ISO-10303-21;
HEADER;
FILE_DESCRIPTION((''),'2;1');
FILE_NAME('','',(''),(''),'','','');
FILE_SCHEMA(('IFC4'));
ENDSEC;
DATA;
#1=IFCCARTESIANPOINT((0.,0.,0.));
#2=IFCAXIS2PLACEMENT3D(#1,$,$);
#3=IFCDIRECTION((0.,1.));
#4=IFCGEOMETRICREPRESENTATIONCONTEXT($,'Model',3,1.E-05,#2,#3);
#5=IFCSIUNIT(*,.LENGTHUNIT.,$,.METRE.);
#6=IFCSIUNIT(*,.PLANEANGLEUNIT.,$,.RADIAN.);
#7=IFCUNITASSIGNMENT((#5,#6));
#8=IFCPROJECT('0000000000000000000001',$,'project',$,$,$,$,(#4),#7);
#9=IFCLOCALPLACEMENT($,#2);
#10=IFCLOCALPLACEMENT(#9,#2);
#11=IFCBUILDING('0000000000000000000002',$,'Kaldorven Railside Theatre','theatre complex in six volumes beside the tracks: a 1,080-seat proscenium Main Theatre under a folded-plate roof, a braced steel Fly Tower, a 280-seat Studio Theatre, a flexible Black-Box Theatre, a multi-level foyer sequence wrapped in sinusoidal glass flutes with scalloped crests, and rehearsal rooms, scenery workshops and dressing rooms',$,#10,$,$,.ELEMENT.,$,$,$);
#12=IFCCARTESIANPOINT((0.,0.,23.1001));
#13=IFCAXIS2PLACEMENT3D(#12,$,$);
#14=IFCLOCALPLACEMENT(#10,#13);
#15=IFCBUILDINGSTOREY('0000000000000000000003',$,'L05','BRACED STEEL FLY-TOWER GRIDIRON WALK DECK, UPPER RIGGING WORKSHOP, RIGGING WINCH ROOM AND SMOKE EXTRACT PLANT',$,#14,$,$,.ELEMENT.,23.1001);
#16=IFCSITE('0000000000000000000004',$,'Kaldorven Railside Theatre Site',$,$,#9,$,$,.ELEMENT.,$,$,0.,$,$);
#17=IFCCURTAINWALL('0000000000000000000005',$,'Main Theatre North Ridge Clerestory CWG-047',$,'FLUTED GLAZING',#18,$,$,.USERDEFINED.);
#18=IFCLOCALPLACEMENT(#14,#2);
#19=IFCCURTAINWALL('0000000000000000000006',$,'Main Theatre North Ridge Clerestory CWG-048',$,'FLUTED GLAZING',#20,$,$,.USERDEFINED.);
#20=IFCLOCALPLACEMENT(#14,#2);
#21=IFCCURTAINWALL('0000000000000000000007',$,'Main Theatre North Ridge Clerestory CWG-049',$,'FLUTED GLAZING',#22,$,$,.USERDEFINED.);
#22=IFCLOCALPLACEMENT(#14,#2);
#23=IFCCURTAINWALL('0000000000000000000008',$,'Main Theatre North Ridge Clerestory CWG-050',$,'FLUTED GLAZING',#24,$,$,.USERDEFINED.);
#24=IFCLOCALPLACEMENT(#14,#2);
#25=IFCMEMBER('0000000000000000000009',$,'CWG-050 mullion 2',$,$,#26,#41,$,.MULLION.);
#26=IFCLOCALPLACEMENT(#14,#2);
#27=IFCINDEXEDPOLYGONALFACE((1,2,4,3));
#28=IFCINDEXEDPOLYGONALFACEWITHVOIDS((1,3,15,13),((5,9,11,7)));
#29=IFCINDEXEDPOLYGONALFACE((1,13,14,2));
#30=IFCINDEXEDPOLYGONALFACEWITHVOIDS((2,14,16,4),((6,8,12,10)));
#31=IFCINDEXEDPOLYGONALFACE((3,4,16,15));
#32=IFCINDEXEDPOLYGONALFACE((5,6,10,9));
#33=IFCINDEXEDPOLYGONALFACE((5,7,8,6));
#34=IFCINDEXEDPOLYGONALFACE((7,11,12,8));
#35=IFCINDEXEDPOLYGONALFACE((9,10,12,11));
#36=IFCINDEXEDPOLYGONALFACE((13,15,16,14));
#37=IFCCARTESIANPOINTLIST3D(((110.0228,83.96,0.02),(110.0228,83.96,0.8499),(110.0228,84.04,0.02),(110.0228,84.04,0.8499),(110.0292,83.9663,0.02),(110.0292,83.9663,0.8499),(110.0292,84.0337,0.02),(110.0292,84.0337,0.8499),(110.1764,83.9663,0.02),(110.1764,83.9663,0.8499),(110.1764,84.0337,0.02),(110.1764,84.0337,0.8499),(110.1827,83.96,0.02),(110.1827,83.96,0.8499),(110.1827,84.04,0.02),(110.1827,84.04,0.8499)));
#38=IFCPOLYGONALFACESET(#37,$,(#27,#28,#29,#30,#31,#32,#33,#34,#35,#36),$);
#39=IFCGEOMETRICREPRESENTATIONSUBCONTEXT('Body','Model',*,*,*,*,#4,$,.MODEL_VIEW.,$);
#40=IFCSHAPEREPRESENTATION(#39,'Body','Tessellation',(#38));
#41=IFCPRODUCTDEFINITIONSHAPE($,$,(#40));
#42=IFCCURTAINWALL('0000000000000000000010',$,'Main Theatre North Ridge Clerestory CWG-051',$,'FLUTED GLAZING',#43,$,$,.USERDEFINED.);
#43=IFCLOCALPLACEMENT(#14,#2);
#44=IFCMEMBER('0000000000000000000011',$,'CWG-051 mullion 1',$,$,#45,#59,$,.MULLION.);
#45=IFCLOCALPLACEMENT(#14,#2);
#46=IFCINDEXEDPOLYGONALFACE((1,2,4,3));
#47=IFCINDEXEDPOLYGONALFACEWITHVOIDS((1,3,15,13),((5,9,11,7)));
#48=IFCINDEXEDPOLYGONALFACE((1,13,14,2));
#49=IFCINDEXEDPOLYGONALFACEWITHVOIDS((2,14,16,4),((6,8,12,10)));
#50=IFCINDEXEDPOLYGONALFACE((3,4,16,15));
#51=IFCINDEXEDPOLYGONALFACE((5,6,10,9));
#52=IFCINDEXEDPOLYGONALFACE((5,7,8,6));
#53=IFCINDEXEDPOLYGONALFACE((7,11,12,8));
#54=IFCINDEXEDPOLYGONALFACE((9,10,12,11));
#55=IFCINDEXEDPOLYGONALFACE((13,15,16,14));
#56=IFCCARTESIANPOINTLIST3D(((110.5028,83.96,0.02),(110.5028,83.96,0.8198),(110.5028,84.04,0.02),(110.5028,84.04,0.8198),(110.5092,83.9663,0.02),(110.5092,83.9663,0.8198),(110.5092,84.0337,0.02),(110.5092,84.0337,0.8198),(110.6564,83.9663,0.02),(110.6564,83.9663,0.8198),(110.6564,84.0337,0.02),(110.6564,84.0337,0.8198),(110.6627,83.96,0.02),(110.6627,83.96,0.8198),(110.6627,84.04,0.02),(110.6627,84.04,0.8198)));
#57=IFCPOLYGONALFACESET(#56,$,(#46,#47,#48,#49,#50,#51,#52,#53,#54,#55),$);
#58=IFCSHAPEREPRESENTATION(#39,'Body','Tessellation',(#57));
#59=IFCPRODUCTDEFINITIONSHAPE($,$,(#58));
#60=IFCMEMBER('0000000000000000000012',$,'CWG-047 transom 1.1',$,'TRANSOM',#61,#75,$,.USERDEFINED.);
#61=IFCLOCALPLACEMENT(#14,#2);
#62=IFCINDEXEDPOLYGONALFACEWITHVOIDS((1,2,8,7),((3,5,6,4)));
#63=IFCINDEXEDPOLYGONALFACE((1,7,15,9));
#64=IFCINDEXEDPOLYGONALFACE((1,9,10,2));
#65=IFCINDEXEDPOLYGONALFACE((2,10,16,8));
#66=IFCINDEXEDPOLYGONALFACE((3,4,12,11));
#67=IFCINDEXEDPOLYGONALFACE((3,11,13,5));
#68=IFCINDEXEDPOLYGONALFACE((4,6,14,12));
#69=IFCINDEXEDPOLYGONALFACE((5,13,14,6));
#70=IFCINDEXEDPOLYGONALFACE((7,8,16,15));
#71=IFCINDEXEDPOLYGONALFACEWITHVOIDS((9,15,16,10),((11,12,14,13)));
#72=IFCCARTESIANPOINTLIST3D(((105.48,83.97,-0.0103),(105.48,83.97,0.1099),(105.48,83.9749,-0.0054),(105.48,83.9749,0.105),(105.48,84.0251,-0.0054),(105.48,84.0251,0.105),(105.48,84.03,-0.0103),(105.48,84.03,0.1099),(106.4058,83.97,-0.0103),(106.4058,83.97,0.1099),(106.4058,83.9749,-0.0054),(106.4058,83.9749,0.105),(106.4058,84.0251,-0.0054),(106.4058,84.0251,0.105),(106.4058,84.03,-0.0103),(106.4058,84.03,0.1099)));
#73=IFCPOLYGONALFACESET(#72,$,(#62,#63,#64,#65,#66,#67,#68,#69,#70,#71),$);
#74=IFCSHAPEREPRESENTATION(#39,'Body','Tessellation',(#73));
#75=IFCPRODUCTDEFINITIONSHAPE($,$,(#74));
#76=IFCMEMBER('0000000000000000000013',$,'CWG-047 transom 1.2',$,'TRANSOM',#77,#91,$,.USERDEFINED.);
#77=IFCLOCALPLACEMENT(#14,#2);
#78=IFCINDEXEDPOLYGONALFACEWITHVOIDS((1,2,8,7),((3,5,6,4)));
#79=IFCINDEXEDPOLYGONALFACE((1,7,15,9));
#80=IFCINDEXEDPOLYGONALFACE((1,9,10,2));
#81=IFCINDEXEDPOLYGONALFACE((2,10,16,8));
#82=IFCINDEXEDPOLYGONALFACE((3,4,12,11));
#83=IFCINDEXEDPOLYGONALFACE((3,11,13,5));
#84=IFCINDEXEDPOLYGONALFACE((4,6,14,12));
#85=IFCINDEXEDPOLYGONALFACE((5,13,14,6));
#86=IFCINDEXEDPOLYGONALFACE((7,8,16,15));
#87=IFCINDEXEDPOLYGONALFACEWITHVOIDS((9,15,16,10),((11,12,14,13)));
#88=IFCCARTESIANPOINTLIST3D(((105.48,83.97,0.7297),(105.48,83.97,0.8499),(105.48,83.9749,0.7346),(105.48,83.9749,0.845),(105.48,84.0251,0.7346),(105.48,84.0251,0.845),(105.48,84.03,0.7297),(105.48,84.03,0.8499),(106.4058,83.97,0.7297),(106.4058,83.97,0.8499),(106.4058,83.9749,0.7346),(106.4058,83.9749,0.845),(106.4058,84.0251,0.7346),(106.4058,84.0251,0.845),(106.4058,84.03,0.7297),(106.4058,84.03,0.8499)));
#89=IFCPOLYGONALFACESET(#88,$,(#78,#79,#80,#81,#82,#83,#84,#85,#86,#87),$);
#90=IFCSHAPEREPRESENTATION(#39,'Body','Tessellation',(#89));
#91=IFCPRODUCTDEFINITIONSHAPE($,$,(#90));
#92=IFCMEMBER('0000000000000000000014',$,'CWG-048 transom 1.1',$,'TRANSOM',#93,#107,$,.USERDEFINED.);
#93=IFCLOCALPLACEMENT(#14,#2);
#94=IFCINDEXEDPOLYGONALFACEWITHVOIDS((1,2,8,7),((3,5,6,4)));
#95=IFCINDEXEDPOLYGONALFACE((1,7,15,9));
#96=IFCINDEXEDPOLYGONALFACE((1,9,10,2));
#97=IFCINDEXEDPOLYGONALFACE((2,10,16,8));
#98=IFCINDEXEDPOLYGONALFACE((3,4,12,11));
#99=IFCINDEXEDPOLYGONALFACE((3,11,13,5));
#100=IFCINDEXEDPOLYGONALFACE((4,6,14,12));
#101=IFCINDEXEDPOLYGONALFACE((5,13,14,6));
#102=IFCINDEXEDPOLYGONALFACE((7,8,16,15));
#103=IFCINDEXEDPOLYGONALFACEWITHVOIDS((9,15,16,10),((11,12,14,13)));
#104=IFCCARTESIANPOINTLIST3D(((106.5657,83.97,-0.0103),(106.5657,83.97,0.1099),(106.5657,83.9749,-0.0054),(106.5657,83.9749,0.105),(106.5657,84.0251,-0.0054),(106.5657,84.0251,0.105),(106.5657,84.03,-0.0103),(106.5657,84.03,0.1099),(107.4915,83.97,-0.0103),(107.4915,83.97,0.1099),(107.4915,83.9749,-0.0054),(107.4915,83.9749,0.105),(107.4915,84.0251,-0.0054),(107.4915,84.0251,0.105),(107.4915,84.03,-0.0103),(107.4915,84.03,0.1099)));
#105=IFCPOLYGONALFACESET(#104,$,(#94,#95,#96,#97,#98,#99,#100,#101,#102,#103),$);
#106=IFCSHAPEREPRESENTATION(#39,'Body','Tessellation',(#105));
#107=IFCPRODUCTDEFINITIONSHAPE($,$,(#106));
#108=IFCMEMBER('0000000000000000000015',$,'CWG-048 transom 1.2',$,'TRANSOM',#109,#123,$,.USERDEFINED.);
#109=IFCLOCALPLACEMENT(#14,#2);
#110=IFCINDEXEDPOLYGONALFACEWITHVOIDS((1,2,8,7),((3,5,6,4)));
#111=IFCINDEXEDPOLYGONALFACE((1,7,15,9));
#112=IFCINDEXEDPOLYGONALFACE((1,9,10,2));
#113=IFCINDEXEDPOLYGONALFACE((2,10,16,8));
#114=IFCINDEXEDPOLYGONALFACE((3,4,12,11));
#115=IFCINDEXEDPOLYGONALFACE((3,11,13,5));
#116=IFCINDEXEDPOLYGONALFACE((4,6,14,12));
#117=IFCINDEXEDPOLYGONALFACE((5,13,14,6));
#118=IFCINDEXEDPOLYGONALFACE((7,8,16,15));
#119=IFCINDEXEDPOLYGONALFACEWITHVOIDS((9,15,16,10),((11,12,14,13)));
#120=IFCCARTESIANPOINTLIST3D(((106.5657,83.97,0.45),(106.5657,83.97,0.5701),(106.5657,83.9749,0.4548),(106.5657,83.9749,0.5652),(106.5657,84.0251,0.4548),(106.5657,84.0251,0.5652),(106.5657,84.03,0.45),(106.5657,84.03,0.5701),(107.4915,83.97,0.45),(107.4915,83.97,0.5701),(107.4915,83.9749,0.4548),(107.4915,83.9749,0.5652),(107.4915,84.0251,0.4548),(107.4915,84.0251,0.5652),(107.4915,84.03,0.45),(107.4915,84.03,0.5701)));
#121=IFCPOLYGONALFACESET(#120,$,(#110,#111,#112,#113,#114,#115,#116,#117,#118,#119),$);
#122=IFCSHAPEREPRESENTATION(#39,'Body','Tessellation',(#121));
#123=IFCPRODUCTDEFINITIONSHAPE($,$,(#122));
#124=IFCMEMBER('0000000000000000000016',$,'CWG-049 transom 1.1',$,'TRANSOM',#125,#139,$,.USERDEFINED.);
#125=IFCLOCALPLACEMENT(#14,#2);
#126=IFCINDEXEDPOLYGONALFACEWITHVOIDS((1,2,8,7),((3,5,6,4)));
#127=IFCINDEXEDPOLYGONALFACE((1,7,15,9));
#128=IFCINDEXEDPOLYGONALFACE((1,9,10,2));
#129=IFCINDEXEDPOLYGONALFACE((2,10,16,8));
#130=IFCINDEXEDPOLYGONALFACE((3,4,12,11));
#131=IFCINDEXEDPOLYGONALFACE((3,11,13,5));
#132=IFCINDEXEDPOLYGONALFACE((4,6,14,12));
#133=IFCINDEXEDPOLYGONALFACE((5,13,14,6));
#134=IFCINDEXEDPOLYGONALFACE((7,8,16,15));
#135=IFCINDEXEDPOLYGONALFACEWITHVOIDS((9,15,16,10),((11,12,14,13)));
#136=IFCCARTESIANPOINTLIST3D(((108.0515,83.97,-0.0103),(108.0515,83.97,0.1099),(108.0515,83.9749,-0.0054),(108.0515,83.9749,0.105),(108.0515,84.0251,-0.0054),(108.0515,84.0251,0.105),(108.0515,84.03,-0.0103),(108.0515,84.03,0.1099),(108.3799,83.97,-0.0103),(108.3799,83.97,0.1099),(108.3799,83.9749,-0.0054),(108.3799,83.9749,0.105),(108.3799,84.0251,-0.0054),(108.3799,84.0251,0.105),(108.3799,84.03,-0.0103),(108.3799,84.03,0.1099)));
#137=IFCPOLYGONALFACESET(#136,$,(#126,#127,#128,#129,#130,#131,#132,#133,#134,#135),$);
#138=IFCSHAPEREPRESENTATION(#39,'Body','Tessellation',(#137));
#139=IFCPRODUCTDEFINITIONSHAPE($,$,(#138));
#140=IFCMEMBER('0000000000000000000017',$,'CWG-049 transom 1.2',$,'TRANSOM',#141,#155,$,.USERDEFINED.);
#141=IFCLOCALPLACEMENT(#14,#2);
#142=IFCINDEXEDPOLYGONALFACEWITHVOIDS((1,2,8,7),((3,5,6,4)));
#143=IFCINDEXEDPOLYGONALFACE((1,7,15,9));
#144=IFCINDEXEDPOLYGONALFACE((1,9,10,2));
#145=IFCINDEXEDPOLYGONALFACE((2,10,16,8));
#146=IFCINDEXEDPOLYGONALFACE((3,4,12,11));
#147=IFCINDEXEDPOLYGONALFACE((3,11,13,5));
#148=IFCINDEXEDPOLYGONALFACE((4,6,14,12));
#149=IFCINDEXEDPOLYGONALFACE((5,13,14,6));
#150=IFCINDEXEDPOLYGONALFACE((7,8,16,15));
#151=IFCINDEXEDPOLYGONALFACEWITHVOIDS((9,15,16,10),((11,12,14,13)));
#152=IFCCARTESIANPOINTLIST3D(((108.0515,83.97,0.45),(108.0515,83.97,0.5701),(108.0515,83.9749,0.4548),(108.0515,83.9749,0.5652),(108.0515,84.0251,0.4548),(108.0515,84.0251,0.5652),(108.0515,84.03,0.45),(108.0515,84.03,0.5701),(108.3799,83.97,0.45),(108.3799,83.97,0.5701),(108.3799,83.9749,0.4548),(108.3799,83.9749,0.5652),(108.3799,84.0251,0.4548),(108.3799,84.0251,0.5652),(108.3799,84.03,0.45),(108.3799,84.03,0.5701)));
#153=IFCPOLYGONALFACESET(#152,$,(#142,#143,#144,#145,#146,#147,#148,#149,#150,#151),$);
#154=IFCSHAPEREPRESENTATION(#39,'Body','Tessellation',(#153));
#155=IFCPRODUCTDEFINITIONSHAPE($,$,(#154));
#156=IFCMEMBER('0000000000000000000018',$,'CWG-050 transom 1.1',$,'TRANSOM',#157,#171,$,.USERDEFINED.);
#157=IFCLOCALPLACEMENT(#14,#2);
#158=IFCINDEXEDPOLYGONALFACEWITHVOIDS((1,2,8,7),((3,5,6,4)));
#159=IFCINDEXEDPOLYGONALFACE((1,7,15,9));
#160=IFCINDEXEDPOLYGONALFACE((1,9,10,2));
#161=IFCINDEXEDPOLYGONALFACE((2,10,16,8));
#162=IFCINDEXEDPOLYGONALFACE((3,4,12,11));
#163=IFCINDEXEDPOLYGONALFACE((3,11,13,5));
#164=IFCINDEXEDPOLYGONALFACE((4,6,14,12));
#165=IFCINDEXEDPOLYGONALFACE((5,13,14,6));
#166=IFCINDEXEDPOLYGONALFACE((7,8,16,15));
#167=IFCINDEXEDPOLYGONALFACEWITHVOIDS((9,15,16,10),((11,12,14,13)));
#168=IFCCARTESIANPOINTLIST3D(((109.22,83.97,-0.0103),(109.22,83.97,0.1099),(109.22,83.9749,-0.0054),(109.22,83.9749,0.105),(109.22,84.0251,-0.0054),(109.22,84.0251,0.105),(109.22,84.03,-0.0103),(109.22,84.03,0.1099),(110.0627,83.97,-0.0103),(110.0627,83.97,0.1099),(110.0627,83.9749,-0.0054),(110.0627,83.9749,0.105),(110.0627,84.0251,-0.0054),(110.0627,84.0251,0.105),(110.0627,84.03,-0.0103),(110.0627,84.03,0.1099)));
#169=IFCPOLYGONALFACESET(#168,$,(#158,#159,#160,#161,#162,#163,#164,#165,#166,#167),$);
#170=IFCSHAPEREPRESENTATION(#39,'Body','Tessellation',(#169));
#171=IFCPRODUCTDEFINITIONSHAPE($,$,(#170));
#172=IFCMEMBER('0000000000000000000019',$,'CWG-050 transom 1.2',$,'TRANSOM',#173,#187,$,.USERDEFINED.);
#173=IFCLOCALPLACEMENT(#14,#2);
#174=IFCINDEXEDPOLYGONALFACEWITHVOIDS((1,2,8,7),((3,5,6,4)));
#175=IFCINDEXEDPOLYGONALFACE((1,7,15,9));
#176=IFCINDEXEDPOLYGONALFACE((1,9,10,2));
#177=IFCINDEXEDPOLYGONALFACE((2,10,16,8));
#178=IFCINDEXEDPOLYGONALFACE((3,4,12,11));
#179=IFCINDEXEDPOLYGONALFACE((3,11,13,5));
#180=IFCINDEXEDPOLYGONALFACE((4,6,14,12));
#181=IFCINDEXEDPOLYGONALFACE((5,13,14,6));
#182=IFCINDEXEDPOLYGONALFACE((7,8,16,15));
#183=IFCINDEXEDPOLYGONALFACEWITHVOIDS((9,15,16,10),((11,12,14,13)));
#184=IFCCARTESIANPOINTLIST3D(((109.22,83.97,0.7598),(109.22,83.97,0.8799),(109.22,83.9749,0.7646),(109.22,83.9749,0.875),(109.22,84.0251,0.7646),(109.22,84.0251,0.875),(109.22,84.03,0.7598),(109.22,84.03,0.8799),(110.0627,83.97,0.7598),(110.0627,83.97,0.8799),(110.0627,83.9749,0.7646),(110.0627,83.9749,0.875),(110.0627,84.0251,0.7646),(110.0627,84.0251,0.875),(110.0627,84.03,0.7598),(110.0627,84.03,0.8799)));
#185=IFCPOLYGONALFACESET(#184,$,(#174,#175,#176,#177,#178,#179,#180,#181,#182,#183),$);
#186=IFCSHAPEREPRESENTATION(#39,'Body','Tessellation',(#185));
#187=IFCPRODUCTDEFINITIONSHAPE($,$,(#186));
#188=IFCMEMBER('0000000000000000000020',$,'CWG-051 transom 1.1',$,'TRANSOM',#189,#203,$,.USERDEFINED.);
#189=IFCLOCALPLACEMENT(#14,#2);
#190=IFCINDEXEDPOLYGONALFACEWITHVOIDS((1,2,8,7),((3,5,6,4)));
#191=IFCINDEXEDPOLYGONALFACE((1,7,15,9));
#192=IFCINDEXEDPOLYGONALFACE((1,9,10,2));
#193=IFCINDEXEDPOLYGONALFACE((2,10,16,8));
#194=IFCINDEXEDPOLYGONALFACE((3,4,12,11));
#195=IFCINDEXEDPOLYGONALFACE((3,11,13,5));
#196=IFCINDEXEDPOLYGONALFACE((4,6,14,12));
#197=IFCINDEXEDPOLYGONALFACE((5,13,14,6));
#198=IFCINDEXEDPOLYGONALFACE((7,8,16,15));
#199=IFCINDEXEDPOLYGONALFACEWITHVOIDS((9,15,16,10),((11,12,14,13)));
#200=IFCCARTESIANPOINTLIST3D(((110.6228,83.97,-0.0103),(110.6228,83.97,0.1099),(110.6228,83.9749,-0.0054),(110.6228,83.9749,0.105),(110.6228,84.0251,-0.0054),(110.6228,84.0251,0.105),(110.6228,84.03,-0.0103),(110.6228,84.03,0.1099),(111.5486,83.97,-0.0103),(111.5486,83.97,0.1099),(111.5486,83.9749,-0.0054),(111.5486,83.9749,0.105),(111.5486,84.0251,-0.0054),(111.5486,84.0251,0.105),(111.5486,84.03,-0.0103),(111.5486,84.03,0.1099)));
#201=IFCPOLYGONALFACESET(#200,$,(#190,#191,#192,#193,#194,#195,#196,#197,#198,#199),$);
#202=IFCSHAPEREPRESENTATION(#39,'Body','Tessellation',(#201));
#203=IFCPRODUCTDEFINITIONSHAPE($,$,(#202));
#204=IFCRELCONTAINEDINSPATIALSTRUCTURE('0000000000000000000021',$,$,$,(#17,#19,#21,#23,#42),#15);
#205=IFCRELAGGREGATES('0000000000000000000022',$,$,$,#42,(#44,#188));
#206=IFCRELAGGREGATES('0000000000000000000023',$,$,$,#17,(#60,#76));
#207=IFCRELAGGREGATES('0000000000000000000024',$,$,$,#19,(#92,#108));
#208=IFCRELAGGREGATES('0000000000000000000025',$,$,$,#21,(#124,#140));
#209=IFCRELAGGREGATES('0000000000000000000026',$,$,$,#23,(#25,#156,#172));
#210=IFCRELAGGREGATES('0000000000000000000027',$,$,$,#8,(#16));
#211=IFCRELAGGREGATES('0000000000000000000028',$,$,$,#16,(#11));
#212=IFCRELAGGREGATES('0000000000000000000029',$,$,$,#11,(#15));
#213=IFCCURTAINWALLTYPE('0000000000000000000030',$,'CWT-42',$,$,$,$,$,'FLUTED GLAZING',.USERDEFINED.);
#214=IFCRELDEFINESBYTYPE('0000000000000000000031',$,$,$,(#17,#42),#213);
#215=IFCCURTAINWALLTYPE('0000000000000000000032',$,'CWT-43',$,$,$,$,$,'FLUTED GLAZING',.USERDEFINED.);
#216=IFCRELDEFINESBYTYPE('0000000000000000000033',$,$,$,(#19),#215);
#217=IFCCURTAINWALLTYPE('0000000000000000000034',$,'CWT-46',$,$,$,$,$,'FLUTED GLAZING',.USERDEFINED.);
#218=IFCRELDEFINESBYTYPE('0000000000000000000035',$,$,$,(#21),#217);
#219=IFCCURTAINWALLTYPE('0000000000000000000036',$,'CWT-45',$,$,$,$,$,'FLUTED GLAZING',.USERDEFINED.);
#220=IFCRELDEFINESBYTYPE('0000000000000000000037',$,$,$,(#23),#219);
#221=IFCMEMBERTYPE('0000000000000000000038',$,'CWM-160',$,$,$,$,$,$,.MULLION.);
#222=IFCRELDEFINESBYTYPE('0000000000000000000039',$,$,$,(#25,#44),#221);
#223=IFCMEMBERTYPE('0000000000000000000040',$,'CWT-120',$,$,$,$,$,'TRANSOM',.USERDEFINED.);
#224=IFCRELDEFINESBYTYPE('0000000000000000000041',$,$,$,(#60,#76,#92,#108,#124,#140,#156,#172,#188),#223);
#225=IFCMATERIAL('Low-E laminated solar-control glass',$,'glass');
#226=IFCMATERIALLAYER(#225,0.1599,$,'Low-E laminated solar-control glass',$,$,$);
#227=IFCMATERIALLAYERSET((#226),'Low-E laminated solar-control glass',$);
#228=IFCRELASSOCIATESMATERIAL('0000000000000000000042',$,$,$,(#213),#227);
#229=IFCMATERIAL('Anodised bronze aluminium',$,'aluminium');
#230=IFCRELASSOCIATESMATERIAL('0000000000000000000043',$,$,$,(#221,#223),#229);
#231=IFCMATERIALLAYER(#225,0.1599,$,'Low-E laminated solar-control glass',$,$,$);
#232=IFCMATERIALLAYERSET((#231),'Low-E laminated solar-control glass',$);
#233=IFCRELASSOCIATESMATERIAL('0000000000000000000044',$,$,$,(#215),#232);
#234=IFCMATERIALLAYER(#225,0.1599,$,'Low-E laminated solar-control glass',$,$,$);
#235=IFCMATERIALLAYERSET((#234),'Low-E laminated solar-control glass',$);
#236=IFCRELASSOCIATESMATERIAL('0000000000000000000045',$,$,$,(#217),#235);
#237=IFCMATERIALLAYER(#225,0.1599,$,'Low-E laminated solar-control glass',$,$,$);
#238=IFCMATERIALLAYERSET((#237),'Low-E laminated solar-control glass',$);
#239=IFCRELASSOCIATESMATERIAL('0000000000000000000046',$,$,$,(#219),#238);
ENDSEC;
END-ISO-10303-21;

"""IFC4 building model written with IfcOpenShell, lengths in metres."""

from ifc_helpers import new_model, si_unit, direction, frame, origin, origin_2d, place, context, subcontext, project, spatial, hollow_rectangle, extrude, material, layer, layer_set, material_profile, profile_set, type_object, element, aggregate, save


model = new_model("IFC4")

# Units and contexts
model_context = context("Model", 3, precision=1e-05, world=origin(), true_north=direction((0.0, 1.0)))
body_context = subcontext(model_context, "Body", "Model", "MODEL_VIEW")
ifc_project = project(units=[si_unit("LENGTHUNIT", "METRE"), si_unit("PLANEANGLEUNIT", "RADIAN")], contexts=[model_context])

# Site, building, storey
site_placement = place(None, origin())
site = spatial("IfcSite", under=ifc_project, at=site_placement, Name="Kaldorven Railside Theatre Site", CompositionType="ELEMENT", RefElevation=0.0)
building_placement = place(site_placement, origin())
building = spatial("IfcBuilding", under=site, at=building_placement, Name="Kaldorven Railside Theatre", Description="theatre complex in six volumes beside the tracks: a 1,080-seat proscenium Main Theatre under a folded-plate roof, a braced steel Fly Tower, a 280-seat Studio Theatre, a flexible Black-Box Theatre, a multi-level foyer sequence wrapped in sinusoidal glass flutes with scalloped crests, and rehearsal rooms, scenery workshops and dressing rooms", CompositionType="ELEMENT")
storey_placement = place(building_placement, frame((0.0, 0.0, 23.1001)))
storey = spatial("IfcBuildingStorey", under=building, at=storey_placement, Name="L05", Description="BRACED STEEL FLY-TOWER GRIDIRON WALK DECK, UPPER RIGGING WORKSHOP, RIGGING WINCH ROOM AND SMOKE EXTRACT PLANT", CompositionType="ELEMENT", Elevation=23.1001)

# Shared definitions
ifc_material_1 = material(Name="Low-E laminated solar-control glass", Category="glass")
ifc_layer_1 = layer(ifc_material_1, 0.1599, Name="Low-E laminated solar-control glass")
ifc_layer_set_1 = layer_set([ifc_layer_1], Name="Low-E laminated solar-control glass")
curtain_wall_type_1 = type_object("IfcCurtainWallType", Name="CWT-42", ElementType="FLUTED GLAZING", PredefinedType="USERDEFINED", material=ifc_layer_set_1)
ifc_material_2 = material(Name="Anodised bronze aluminium", Category="aluminium")
ifc_material_profile_1 = material_profile(ifc_material_2, hollow_rectangle(XDim=0.0801, YDim=0.1599, WallThickness=0.0063, at=origin_2d()), Name="RHS 160x80x6.3")
ifc_profile_set_1 = profile_set([ifc_material_profile_1], Name="Anodised bronze aluminium")
member_type_1 = type_object("IfcMemberType", Name="CWM-160", PredefinedType="MULLION", material=ifc_profile_set_1)

# Curtain walls, member
curtain_wall_1_placement = place(storey_placement, origin())
curtain_wall_1 = element("IfcCurtainWall", 1, at=curtain_wall_1_placement, inside=storey, type_object=curtain_wall_type_1, Name="Main Theatre North Ridge Clerestory CWG-047", ObjectType="FLUTED GLAZING", PredefinedType="USERDEFINED")
ifc_layer_2 = layer(ifc_material_1, 0.1599, Name="Low-E laminated solar-control glass")
ifc_layer_set_2 = layer_set([ifc_layer_2], Name="Low-E laminated solar-control glass")
curtain_wall_type_2 = type_object("IfcCurtainWallType", Name="CWT-43", ElementType="FLUTED GLAZING", PredefinedType="USERDEFINED", material=ifc_layer_set_2)
curtain_wall_2_placement = place(storey_placement, origin())
curtain_wall_2 = element("IfcCurtainWall", 2, at=curtain_wall_2_placement, inside=storey, type_object=curtain_wall_type_2, Name="Main Theatre North Ridge Clerestory CWG-048", ObjectType="FLUTED GLAZING", PredefinedType="USERDEFINED")
ifc_layer_3 = layer(ifc_material_1, 0.1599, Name="Low-E laminated solar-control glass")
ifc_layer_set_3 = layer_set([ifc_layer_3], Name="Low-E laminated solar-control glass")
curtain_wall_type_3 = type_object("IfcCurtainWallType", Name="CWT-46", ElementType="FLUTED GLAZING", PredefinedType="USERDEFINED", material=ifc_layer_set_3)
curtain_wall_3_placement = place(storey_placement, origin())
curtain_wall_3 = element("IfcCurtainWall", 3, at=curtain_wall_3_placement, inside=storey, type_object=curtain_wall_type_3, Name="Main Theatre North Ridge Clerestory CWG-049", ObjectType="FLUTED GLAZING", PredefinedType="USERDEFINED")
ifc_layer_4 = layer(ifc_material_1, 0.1599, Name="Low-E laminated solar-control glass")
ifc_layer_set_4 = layer_set([ifc_layer_4], Name="Low-E laminated solar-control glass")
curtain_wall_type_4 = type_object("IfcCurtainWallType", Name="CWT-45", ElementType="FLUTED GLAZING", PredefinedType="USERDEFINED", material=ifc_layer_set_4)
curtain_wall_4_placement = place(storey_placement, origin())
curtain_wall_4 = element("IfcCurtainWall", 4, at=curtain_wall_4_placement, inside=storey, type_object=curtain_wall_type_4, Name="Main Theatre North Ridge Clerestory CWG-050", ObjectType="FLUTED GLAZING", PredefinedType="USERDEFINED")
member_1_placement = place(storey_placement, frame((110.1028, 84.0, 0.02), z_axis=(0.0, 0.0, 1.0), x_axis=(0.0, 1.0, 0.0)))
member_1 = element("IfcMember", 5, at=member_1_placement, type_object=member_type_1, Name="CWG-050 mullion 2", PredefinedType="MULLION", context=body_context, shape_type="SweptSolid", body=[
    extrude(hollow_rectangle(XDim=0.0801, YDim=0.1599, WallThickness=0.0063, at=origin_2d()), origin(), (0.0, 0.0, 1.0), 0.8298),
])

# Curtain wall, member
curtain_wall_5_placement = place(storey_placement, origin())
curtain_wall_5 = element("IfcCurtainWall", 6, at=curtain_wall_5_placement, inside=storey, type_object=curtain_wall_type_1, Name="Main Theatre North Ridge Clerestory CWG-051", ObjectType="FLUTED GLAZING", PredefinedType="USERDEFINED")
member_2_placement = place(storey_placement, frame((110.5828, 84.0, 0.02), z_axis=(0.0, 0.0, 1.0), x_axis=(0.0, 1.0, 0.0)))
member_2 = element("IfcMember", 7, at=member_2_placement, type_object=member_type_1, Name="CWG-051 mullion 1", PredefinedType="MULLION", context=body_context, shape_type="SweptSolid", body=[
    extrude(hollow_rectangle(XDim=0.0801, YDim=0.1599, WallThickness=0.0063, at=origin_2d()), origin(), (0.0, 0.0, 1.0), 0.7998),
])

# Members
ifc_material_profile_2 = material_profile(ifc_material_2, hollow_rectangle(XDim=0.0601, YDim=0.1201, WallThickness=0.0049, at=origin_2d()), Name="RHS 120x60x5")
ifc_profile_set_2 = profile_set([ifc_material_profile_2], Name="Anodised bronze aluminium")
member_type_2 = type_object("IfcMemberType", Name="CWT-120", ElementType="TRANSOM", PredefinedType="USERDEFINED", material=ifc_profile_set_2)
member_3_placement = place(storey_placement, frame((105.48, 84.0, 0.0498), z_axis=(1.0, 0.0, 0.0), x_axis=(0.0, 1.0, 0.0)))
member_3 = element("IfcMember", 8, at=member_3_placement, type_object=member_type_2, Name="CWG-047 transom 1.1", ObjectType="TRANSOM", PredefinedType="USERDEFINED", context=body_context, shape_type="SweptSolid", body=[
    extrude(hollow_rectangle(XDim=0.0601, YDim=0.1201, WallThickness=0.0049, at=origin_2d()), origin(), (0.0, 0.0, 1.0), 0.9258),
])
member_4_placement = place(storey_placement, frame((105.48, 84.0, 0.7898), z_axis=(1.0, 0.0, 0.0), x_axis=(0.0, 1.0, 0.0)))
member_4 = element("IfcMember", 9, at=member_4_placement, type_object=member_type_2, Name="CWG-047 transom 1.2", ObjectType="TRANSOM", PredefinedType="USERDEFINED", context=body_context, shape_type="SweptSolid", body=[
    extrude(hollow_rectangle(XDim=0.0601, YDim=0.1201, WallThickness=0.0049, at=origin_2d()), origin(), (0.0, 0.0, 1.0), 0.9258),
])
member_5_placement = place(storey_placement, frame((106.5657, 84.0, 0.0498), z_axis=(1.0, 0.0, 0.0), x_axis=(0.0, 1.0, 0.0)))
member_5 = element("IfcMember", 10, at=member_5_placement, type_object=member_type_2, Name="CWG-048 transom 1.1", ObjectType="TRANSOM", PredefinedType="USERDEFINED", context=body_context, shape_type="SweptSolid", body=[
    extrude(hollow_rectangle(XDim=0.0601, YDim=0.1201, WallThickness=0.0049, at=origin_2d()), origin(), (0.0, 0.0, 1.0), 0.9258),
])
member_6_placement = place(storey_placement, frame((106.5657, 84.0, 0.51), z_axis=(1.0, 0.0, 0.0), x_axis=(0.0, 1.0, 0.0)))
member_6 = element("IfcMember", 11, at=member_6_placement, type_object=member_type_2, Name="CWG-048 transom 1.2", ObjectType="TRANSOM", PredefinedType="USERDEFINED", context=body_context, shape_type="SweptSolid", body=[
    extrude(hollow_rectangle(XDim=0.0601, YDim=0.1201, WallThickness=0.0049, at=origin_2d()), origin(), (0.0, 0.0, 1.0), 0.9258),
])
member_7_placement = place(storey_placement, frame((108.0515, 84.0, 0.0498), z_axis=(1.0, 0.0, 0.0), x_axis=(0.0, 1.0, 0.0)))
member_7 = element("IfcMember", 12, at=member_7_placement, type_object=member_type_2, Name="CWG-049 transom 1.1", ObjectType="TRANSOM", PredefinedType="USERDEFINED", context=body_context, shape_type="SweptSolid", body=[
    extrude(hollow_rectangle(XDim=0.0601, YDim=0.1201, WallThickness=0.0049, at=origin_2d()), origin(), (0.0, 0.0, 1.0), 0.3284),
])
member_8_placement = place(storey_placement, frame((108.0515, 84.0, 0.51), z_axis=(1.0, 0.0, 0.0), x_axis=(0.0, 1.0, 0.0)))
member_8 = element("IfcMember", 13, at=member_8_placement, type_object=member_type_2, Name="CWG-049 transom 1.2", ObjectType="TRANSOM", PredefinedType="USERDEFINED", context=body_context, shape_type="SweptSolid", body=[
    extrude(hollow_rectangle(XDim=0.0601, YDim=0.1201, WallThickness=0.0049, at=origin_2d()), origin(), (0.0, 0.0, 1.0), 0.3284),
])
member_9_placement = place(storey_placement, frame((109.22, 84.0, 0.0498), z_axis=(1.0, 0.0, 0.0), x_axis=(0.0, 1.0, 0.0)))
member_9 = element("IfcMember", 14, at=member_9_placement, type_object=member_type_2, Name="CWG-050 transom 1.1", ObjectType="TRANSOM", PredefinedType="USERDEFINED", context=body_context, shape_type="SweptSolid", body=[
    extrude(hollow_rectangle(XDim=0.0601, YDim=0.1201, WallThickness=0.0049, at=origin_2d()), origin(), (0.0, 0.0, 1.0), 0.8428),
])
member_10_placement = place(storey_placement, frame((109.22, 84.0, 0.8198), z_axis=(1.0, 0.0, 0.0), x_axis=(0.0, 1.0, 0.0)))
member_10 = element("IfcMember", 15, at=member_10_placement, type_object=member_type_2, Name="CWG-050 transom 1.2", ObjectType="TRANSOM", PredefinedType="USERDEFINED", context=body_context, shape_type="SweptSolid", body=[
    extrude(hollow_rectangle(XDim=0.0601, YDim=0.1201, WallThickness=0.0049, at=origin_2d()), origin(), (0.0, 0.0, 1.0), 0.8428),
])
member_11_placement = place(storey_placement, frame((110.6228, 84.0, 0.0498), z_axis=(1.0, 0.0, 0.0), x_axis=(0.0, 1.0, 0.0)))
member_11 = element("IfcMember", 16, at=member_11_placement, type_object=member_type_2, Name="CWG-051 transom 1.1", ObjectType="TRANSOM", PredefinedType="USERDEFINED", context=body_context, shape_type="SweptSolid", body=[
    extrude(hollow_rectangle(XDim=0.0601, YDim=0.1201, WallThickness=0.0049, at=origin_2d()), origin(), (0.0, 0.0, 1.0), 0.9258),
])
aggregate(curtain_wall_5, [member_2, member_11])

aggregate(curtain_wall_1, [member_3, member_4])
aggregate(curtain_wall_2, [member_5, member_6])
aggregate(curtain_wall_3, [member_7, member_8])
aggregate(curtain_wall_4, [member_1, member_9, member_10])

save(model, "model.ifc")
